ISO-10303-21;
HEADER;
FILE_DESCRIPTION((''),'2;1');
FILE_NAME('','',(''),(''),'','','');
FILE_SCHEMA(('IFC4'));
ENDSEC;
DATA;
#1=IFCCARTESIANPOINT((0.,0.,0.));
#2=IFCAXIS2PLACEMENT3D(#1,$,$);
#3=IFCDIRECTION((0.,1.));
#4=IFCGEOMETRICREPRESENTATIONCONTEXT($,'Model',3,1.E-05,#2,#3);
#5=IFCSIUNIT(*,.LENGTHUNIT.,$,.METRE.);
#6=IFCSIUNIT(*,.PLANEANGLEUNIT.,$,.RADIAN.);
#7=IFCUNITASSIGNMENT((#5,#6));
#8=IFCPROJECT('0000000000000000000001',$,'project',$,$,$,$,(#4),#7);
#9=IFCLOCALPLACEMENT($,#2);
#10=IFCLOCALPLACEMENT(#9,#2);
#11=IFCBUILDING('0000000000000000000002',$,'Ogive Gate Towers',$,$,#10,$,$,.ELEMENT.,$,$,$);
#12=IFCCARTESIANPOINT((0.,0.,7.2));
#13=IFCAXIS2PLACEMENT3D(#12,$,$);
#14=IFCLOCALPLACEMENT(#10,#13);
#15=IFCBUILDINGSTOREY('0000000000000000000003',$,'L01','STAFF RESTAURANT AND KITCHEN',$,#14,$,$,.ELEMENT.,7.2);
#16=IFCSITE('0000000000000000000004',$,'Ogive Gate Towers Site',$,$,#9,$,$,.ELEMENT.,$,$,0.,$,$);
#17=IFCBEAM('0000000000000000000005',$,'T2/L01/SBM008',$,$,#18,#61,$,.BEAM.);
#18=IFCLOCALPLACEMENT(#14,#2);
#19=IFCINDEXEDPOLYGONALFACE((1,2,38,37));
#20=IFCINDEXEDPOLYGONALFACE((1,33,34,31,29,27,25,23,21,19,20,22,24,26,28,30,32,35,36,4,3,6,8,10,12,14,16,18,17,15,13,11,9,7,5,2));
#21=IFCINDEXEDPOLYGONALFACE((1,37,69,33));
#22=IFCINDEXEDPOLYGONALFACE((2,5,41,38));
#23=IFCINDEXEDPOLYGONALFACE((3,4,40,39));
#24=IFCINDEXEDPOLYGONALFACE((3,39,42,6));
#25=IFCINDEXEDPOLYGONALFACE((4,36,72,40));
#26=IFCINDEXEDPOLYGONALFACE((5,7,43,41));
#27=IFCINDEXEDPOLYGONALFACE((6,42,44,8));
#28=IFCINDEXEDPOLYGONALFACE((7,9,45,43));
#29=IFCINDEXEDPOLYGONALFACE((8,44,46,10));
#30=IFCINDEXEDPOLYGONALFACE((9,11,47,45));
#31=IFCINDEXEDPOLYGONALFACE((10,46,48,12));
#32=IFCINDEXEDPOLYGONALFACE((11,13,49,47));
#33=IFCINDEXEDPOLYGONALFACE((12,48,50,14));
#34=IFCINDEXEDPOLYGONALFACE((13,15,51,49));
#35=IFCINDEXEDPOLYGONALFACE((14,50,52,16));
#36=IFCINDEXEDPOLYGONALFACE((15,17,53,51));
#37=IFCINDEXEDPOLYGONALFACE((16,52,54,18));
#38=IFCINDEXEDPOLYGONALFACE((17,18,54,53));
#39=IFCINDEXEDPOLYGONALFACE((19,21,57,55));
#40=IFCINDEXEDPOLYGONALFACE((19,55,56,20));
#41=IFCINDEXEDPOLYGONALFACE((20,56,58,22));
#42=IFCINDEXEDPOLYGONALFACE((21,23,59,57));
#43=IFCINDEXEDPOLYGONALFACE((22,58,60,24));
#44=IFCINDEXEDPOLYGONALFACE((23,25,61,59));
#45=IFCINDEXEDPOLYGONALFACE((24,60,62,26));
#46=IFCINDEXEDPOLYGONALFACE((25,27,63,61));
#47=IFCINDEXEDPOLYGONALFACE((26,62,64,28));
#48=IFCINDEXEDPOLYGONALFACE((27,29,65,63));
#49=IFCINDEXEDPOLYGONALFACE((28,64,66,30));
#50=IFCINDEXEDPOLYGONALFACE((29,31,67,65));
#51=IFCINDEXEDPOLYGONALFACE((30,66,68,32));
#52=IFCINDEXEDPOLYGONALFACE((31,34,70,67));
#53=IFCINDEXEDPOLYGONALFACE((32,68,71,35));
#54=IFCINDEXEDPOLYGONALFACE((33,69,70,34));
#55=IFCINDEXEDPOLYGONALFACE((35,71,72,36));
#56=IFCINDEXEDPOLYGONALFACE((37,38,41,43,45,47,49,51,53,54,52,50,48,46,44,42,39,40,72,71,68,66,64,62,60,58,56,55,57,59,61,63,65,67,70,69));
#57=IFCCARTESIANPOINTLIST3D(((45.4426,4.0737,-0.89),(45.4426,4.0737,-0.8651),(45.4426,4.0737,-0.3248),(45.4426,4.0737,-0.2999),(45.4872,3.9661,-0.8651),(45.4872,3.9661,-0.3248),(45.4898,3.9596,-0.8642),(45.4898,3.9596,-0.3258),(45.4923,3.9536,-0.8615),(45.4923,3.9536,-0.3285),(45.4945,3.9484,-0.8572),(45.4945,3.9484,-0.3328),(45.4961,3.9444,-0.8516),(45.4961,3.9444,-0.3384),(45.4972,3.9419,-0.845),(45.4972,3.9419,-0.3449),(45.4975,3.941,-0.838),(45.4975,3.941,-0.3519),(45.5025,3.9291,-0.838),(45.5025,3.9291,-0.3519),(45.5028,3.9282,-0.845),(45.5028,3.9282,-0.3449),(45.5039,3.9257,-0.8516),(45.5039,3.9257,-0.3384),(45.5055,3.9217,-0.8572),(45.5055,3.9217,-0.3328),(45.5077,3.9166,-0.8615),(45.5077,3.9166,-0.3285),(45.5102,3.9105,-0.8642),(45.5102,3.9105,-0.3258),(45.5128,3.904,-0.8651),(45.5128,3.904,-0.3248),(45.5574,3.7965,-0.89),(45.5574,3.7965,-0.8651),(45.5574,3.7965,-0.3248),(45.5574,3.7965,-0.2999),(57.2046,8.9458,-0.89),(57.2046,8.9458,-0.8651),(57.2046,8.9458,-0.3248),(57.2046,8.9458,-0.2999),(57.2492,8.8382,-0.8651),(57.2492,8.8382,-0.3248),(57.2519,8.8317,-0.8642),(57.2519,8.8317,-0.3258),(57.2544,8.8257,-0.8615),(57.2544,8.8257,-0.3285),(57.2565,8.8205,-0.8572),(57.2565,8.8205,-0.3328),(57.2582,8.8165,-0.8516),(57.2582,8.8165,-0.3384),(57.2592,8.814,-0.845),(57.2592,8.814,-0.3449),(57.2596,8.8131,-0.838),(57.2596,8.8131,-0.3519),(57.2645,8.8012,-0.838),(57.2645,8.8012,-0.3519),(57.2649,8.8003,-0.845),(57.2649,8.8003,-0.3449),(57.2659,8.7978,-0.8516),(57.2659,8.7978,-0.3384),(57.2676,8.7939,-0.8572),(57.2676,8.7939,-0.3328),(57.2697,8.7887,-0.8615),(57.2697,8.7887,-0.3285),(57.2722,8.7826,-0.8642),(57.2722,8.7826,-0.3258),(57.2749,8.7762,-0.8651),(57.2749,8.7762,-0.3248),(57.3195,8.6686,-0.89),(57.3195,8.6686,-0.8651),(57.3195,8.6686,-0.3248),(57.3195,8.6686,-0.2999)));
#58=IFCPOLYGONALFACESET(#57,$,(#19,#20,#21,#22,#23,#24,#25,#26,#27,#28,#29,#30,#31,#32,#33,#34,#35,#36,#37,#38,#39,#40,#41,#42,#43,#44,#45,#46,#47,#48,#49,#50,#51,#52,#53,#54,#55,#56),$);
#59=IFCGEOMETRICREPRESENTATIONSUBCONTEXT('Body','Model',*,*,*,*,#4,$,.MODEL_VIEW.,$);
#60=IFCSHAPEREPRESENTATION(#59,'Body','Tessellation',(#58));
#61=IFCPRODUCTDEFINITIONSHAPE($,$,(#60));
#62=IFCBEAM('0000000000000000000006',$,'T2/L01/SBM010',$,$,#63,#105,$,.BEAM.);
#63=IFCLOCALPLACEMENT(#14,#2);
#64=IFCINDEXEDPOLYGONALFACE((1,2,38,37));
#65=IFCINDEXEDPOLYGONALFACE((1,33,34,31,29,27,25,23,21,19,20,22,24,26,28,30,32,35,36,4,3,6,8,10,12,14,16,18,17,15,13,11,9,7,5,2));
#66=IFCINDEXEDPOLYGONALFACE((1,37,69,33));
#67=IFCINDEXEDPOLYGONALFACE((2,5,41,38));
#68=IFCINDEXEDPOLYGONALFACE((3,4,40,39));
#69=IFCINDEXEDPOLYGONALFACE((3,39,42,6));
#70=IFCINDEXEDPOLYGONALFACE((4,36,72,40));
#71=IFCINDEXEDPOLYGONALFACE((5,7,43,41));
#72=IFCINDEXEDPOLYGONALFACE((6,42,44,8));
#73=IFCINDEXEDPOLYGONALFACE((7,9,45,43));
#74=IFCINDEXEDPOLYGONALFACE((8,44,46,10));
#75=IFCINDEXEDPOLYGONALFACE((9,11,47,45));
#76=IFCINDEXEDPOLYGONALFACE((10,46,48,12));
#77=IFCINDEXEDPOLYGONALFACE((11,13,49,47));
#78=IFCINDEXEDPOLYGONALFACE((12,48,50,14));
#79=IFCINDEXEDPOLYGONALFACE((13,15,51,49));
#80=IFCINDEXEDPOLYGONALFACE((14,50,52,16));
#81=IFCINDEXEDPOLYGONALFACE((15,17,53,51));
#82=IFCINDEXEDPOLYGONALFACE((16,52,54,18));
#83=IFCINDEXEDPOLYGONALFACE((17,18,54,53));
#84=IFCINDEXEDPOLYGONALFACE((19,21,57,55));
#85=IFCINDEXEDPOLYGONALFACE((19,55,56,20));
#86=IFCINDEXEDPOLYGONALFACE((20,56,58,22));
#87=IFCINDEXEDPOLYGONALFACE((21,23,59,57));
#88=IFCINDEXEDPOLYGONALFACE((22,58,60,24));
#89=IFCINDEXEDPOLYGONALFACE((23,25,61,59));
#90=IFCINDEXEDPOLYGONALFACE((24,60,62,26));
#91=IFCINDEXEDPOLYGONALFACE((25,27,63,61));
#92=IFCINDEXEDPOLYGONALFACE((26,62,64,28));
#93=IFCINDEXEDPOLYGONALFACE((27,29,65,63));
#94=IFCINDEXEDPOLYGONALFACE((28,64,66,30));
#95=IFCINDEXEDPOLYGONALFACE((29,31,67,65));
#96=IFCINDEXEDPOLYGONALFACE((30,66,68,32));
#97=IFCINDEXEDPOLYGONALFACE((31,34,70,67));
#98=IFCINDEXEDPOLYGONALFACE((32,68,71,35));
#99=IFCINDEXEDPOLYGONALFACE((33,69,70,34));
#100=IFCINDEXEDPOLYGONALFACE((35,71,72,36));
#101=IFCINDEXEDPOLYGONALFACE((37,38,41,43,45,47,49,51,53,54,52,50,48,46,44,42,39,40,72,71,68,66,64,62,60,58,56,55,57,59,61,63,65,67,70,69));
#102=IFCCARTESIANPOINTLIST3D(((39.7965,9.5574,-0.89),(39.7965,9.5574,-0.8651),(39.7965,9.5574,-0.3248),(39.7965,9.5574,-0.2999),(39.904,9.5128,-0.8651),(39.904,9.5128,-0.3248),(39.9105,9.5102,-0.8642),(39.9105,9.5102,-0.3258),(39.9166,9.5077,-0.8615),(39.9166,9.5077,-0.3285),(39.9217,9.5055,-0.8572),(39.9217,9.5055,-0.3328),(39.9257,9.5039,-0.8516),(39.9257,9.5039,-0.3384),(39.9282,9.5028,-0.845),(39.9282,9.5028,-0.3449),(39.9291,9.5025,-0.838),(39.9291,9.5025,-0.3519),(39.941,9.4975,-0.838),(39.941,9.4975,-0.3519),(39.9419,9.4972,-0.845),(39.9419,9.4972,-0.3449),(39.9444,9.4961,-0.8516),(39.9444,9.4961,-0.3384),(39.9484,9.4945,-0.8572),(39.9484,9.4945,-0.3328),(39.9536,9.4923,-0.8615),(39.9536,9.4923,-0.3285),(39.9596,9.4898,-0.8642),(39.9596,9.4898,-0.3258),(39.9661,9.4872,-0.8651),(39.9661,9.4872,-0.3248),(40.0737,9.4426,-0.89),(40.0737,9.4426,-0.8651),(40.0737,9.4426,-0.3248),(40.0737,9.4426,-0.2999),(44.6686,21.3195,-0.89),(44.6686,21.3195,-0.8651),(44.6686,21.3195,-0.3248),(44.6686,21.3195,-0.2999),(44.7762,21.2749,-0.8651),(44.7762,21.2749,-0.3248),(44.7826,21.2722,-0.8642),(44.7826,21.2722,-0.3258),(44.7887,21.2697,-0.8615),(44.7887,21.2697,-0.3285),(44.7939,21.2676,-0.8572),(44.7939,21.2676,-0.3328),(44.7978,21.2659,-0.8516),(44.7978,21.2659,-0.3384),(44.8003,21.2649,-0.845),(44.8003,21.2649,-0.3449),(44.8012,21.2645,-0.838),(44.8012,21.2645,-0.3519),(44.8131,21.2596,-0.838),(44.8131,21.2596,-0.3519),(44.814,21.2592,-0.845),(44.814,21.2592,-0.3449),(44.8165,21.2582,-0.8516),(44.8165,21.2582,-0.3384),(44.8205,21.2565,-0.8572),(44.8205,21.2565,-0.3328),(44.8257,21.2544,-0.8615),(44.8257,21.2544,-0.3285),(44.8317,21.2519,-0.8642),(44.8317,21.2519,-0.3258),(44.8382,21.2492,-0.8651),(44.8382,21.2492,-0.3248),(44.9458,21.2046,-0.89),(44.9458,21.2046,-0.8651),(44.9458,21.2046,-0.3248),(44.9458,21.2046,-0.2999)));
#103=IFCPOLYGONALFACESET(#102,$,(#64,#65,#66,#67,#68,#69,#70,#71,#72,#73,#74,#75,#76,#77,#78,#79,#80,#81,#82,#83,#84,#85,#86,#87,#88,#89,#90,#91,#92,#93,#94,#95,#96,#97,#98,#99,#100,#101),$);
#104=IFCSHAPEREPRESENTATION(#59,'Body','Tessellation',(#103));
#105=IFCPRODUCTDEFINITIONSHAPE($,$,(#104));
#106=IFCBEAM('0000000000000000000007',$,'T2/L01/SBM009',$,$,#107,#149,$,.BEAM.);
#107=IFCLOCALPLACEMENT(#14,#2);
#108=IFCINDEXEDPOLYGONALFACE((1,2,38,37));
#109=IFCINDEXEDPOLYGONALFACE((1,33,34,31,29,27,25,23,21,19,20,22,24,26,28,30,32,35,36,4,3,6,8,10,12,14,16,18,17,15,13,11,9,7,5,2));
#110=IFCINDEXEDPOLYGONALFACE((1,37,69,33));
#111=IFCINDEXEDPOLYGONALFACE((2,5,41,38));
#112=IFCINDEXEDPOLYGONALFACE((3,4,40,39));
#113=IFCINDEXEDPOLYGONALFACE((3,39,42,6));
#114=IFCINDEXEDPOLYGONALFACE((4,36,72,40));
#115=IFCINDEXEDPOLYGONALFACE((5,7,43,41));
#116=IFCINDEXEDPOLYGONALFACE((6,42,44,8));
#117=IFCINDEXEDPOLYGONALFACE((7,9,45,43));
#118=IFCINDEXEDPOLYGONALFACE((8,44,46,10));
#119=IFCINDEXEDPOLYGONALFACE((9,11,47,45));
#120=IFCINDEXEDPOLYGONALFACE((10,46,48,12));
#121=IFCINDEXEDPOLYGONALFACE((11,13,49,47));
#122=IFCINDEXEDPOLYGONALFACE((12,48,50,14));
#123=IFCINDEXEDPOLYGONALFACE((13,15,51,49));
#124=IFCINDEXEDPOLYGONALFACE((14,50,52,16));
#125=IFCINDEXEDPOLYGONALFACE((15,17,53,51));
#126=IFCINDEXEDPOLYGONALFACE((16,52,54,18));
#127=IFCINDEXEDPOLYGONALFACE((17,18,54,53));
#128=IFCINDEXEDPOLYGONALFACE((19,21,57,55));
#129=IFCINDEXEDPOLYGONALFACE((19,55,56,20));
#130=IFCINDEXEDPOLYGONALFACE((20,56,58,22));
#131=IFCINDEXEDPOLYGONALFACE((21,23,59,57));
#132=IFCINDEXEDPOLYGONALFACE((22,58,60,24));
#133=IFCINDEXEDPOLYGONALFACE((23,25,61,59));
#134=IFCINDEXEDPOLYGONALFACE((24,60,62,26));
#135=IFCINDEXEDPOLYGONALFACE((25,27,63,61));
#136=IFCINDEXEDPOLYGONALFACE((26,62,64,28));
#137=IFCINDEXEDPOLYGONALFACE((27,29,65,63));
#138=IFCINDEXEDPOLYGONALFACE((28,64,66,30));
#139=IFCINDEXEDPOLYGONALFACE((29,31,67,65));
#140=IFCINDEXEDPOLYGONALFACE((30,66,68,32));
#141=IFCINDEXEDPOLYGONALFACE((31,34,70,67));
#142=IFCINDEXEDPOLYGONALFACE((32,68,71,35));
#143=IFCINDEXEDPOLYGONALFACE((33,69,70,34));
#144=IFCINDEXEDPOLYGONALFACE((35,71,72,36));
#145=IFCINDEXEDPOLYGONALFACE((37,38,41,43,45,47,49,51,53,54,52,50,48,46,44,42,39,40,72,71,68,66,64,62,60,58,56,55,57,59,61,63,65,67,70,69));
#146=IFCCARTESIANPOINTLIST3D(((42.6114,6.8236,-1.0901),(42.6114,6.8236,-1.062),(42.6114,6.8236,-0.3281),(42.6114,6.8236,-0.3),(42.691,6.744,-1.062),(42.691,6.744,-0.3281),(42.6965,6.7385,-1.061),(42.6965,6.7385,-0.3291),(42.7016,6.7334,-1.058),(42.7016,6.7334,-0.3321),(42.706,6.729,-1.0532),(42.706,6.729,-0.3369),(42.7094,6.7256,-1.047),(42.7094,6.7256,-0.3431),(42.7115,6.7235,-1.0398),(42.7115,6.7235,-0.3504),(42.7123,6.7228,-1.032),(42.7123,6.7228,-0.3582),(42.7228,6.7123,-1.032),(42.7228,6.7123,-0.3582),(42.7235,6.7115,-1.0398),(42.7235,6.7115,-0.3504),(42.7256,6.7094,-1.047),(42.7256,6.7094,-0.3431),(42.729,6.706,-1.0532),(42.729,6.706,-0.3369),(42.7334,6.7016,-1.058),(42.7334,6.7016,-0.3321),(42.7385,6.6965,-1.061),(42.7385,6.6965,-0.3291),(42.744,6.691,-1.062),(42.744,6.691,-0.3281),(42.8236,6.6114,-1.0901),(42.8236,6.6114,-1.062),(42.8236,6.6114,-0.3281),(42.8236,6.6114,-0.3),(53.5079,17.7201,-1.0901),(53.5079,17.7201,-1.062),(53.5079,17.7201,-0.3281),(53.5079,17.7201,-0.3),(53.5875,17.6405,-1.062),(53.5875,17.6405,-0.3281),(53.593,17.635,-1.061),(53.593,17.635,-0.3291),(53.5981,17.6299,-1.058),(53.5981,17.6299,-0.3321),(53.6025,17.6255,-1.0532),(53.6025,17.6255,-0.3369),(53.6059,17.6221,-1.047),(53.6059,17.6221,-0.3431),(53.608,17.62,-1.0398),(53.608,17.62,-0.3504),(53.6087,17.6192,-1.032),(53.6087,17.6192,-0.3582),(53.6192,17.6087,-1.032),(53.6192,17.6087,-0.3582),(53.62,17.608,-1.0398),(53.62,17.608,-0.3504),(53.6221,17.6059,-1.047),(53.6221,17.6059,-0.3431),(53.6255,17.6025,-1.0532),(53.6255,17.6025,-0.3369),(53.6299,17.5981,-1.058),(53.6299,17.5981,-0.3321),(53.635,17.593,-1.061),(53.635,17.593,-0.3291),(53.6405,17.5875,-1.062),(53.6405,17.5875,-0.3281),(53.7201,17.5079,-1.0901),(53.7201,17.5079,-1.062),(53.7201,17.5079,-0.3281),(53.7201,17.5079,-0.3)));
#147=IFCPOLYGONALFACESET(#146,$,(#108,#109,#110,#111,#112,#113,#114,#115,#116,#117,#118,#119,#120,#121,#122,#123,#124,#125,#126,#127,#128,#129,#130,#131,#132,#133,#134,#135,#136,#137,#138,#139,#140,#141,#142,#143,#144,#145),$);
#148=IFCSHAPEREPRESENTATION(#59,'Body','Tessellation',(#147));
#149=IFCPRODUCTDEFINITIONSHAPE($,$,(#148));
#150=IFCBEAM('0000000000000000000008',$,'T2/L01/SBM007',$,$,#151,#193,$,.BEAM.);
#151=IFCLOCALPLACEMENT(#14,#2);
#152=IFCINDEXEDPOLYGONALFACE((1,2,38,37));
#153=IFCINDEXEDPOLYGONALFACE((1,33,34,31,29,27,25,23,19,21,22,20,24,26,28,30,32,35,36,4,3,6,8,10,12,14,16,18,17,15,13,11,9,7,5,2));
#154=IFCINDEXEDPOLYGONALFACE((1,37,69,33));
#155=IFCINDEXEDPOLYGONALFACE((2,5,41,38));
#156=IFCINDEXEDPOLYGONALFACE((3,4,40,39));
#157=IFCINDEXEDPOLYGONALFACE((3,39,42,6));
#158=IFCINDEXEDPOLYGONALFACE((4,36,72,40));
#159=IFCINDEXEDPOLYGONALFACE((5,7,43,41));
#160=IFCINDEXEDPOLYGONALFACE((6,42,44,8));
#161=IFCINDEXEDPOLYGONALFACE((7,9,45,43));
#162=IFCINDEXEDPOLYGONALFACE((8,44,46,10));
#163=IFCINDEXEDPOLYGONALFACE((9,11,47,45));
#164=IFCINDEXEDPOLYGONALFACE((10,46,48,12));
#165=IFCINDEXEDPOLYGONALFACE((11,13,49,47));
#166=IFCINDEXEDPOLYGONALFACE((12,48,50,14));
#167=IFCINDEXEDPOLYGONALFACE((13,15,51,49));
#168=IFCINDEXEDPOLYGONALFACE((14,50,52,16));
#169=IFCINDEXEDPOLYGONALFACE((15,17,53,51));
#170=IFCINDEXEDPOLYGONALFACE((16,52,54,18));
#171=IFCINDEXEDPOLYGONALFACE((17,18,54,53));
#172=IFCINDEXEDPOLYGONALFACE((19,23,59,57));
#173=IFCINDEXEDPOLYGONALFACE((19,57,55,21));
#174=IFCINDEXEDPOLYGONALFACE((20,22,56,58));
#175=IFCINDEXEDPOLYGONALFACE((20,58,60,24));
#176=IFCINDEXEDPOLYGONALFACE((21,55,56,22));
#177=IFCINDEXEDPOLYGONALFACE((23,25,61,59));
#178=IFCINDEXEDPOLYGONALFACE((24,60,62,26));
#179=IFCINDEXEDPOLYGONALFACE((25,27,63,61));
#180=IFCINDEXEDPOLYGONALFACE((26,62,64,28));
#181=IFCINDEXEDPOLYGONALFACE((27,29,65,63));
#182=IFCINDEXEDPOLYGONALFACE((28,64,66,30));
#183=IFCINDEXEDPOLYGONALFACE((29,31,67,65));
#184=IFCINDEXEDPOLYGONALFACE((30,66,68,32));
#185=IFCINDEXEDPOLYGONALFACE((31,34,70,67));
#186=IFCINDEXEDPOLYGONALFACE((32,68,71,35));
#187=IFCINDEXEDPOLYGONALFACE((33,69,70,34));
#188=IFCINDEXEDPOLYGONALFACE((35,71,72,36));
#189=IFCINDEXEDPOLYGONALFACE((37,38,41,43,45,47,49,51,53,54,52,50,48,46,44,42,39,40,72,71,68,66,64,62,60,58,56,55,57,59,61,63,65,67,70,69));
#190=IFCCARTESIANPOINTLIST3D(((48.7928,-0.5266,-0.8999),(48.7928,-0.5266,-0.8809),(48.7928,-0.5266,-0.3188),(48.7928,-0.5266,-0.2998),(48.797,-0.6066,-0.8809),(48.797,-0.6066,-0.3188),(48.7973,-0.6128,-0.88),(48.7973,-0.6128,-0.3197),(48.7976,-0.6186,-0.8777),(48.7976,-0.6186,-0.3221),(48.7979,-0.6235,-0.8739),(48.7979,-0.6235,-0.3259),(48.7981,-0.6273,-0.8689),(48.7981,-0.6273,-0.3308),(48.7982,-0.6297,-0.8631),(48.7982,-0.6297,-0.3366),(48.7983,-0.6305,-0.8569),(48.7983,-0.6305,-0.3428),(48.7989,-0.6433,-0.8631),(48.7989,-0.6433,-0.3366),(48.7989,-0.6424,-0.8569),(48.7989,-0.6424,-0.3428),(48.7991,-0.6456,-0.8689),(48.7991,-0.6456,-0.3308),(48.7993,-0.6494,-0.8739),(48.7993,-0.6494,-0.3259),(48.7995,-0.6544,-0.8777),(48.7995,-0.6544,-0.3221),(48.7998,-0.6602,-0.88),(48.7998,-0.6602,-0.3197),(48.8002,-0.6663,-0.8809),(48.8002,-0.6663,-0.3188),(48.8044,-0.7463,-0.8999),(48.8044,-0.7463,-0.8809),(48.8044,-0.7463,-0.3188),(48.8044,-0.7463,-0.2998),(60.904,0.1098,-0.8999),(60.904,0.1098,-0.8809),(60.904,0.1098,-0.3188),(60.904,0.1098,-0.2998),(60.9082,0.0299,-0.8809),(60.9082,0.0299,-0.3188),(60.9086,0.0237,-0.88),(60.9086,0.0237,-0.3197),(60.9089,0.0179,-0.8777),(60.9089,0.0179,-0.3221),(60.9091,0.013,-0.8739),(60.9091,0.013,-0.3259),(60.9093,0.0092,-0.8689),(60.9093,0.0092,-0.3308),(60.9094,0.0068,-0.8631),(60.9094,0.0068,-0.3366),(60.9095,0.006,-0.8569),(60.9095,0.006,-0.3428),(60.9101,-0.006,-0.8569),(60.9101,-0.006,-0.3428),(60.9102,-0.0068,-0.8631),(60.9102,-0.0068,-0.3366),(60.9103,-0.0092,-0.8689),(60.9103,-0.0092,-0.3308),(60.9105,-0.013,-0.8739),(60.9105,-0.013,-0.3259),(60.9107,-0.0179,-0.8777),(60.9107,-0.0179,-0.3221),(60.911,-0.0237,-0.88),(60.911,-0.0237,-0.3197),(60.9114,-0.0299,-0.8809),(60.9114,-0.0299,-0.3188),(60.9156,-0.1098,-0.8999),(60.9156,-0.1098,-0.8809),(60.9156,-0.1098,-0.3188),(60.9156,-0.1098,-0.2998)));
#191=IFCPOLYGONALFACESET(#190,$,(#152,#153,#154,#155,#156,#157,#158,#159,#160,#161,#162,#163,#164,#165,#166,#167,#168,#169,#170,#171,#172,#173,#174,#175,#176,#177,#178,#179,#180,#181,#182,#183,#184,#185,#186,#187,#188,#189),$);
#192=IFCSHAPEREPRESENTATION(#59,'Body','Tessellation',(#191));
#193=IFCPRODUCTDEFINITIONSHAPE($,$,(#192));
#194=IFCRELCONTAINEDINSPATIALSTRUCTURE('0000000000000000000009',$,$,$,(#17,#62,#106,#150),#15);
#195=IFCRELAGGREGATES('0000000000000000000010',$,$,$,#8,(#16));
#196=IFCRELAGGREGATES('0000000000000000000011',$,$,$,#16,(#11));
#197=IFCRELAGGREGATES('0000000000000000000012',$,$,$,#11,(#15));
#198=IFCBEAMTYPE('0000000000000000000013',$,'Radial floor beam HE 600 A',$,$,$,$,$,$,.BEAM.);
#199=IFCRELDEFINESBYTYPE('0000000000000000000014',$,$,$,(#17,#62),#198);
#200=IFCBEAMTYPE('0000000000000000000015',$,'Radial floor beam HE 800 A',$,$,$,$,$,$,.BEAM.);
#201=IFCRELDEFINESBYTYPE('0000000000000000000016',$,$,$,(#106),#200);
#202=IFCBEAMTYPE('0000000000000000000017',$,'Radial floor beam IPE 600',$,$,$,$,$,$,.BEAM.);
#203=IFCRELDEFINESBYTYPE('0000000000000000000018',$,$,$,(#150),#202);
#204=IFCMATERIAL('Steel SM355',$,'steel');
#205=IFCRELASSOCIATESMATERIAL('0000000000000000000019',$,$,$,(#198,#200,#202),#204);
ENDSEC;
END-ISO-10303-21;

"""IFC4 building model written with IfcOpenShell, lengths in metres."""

from ifc_helpers import new_model, si_unit, direction, frame, origin, origin_2d, place, context, subcontext, project, spatial, i_section, extrude, material, material_profile, profile_set, type_object, element, save


model = new_model("IFC4")

# Units and contexts
model_context = context("Model", 3, precision=1e-05, world=origin(), true_north=direction((0.0, 1.0)))
body_context = subcontext(model_context, "Body", "Model", "MODEL_VIEW")
ifc_project = project(units=[si_unit("LENGTHUNIT", "METRE"), si_unit("PLANEANGLEUNIT", "RADIAN")], contexts=[model_context])

# Site, building, storey
site_placement = place(None, origin())
site = spatial("IfcSite", under=ifc_project, at=site_placement, Name="Ogive Gate Towers Site", CompositionType="ELEMENT", RefElevation=0.0)
building_placement = place(site_placement, origin())
building = spatial("IfcBuilding", under=site, at=building_placement, Name="Ogive Gate Towers", CompositionType="ELEMENT")
storey_placement = place(building_placement, frame((0.0, 0.0, 7.2)))
storey = spatial("IfcBuildingStorey", under=building, at=storey_placement, Name="L01", Description="STAFF RESTAURANT AND KITCHEN", CompositionType="ELEMENT", Elevation=7.2)

# Beams
ifc_material_1 = material(Name="Steel SM355", Category="steel")
ifc_material_profile_1 = material_profile(ifc_material_1, i_section(OverallWidth=0.3, OverallDepth=0.5901, WebThickness=0.0129, FlangeThickness=0.0249, FilletRadius=0.0271, at=origin_2d()), Name="HE 600 A")
ifc_profile_set_1 = profile_set([ifc_material_profile_1], Name="Steel SM355")
beam_type_1 = type_object("IfcBeamType", Name="Radial floor beam HE 600 A", PredefinedType="BEAM", material=ifc_profile_set_1)
for number, where, z_axis, x_axis, name in (
    (1, (45.5, 3.9351, -0.595), (0.923877, 0.382691, 0.0), (-0.382691, 0.923877, 0.0), "T2/L01/SBM008"),
    (2, (39.9351, 9.5, -0.595), (0.382691, 0.923877, 0.0), (-0.923877, 0.382691, 0.0), "T2/L01/SBM010"),
):
    element("IfcBeam", number, at=place(storey_placement, frame(where, z_axis=z_axis, x_axis=x_axis)), inside=storey, type_object=beam_type_1, Name=name, PredefinedType="BEAM", context=body_context, shape_type="SweptSolid", body=[
        extrude(i_section(OverallWidth=0.3, OverallDepth=0.5901, WebThickness=0.0129, FlangeThickness=0.0249, FilletRadius=0.0271, at=origin_2d()), origin(), (0.0, 0.0, 1.0), 12.7312),
    ])
ifc_material_profile_2 = material_profile(ifc_material_1, i_section(OverallWidth=0.3, OverallDepth=0.79, WebThickness=0.0149, FlangeThickness=0.0281, FilletRadius=0.03, at=origin_2d()), Name="HE 800 A")
ifc_profile_set_2 = profile_set([ifc_material_profile_2], Name="Steel SM355")
beam_type_2 = type_object("IfcBeamType", Name="Radial floor beam HE 800 A", PredefinedType="BEAM", material=ifc_profile_set_2)
beam_1_placement = place(storey_placement, frame((42.7175, 6.7175, -0.6951), z_axis=(0.707107, 0.707107, 0.0), x_axis=(-0.707107, 0.707107, 0.0)))
element("IfcBeam", 3, at=beam_1_placement, inside=storey, type_object=beam_type_2, Name="T2/L01/SBM009", PredefinedType="BEAM", context=body_context, shape_type="SweptSolid", body=[
    extrude(i_section(OverallWidth=0.3, OverallDepth=0.79, WebThickness=0.0149, FlangeThickness=0.0281, FilletRadius=0.03, at=origin_2d()), origin(), (0.0, 0.0, 1.0), 15.4099),
])
ifc_material_profile_3 = material_profile(ifc_material_1, i_section(OverallWidth=0.22, OverallDepth=0.6001, WebThickness=0.012, FlangeThickness=0.019, FilletRadius=0.0239, at=origin_2d()), Name="IPE 600")
ifc_profile_set_3 = profile_set([ifc_material_profile_3], Name="Steel SM355")
beam_type_3 = type_object("IfcBeamType", Name="Radial floor beam IPE 600", PredefinedType="BEAM", material=ifc_profile_set_3)
for number, where, z_axis, x_axis, name in (
    (4, (48.7986, -0.6365, -0.5999), (0.998622, 0.05248, 0.0), (-0.05248, 0.998622, 0.0), "T2/L01/SBM007"),
):
    element("IfcBeam", number, at=place(storey_placement, frame(where, z_axis=z_axis, x_axis=x_axis)), inside=storey, type_object=beam_type_3, Name=name, PredefinedType="BEAM", context=body_context, shape_type="SweptSolid", body=[
        extrude(i_section(OverallWidth=0.22, OverallDepth=0.6001, WebThickness=0.012, FlangeThickness=0.019, FilletRadius=0.0239, at=origin_2d()), origin(), (0.0, 0.0, 1.0), 12.1279),
    ])

save(model, "model.ifc")
